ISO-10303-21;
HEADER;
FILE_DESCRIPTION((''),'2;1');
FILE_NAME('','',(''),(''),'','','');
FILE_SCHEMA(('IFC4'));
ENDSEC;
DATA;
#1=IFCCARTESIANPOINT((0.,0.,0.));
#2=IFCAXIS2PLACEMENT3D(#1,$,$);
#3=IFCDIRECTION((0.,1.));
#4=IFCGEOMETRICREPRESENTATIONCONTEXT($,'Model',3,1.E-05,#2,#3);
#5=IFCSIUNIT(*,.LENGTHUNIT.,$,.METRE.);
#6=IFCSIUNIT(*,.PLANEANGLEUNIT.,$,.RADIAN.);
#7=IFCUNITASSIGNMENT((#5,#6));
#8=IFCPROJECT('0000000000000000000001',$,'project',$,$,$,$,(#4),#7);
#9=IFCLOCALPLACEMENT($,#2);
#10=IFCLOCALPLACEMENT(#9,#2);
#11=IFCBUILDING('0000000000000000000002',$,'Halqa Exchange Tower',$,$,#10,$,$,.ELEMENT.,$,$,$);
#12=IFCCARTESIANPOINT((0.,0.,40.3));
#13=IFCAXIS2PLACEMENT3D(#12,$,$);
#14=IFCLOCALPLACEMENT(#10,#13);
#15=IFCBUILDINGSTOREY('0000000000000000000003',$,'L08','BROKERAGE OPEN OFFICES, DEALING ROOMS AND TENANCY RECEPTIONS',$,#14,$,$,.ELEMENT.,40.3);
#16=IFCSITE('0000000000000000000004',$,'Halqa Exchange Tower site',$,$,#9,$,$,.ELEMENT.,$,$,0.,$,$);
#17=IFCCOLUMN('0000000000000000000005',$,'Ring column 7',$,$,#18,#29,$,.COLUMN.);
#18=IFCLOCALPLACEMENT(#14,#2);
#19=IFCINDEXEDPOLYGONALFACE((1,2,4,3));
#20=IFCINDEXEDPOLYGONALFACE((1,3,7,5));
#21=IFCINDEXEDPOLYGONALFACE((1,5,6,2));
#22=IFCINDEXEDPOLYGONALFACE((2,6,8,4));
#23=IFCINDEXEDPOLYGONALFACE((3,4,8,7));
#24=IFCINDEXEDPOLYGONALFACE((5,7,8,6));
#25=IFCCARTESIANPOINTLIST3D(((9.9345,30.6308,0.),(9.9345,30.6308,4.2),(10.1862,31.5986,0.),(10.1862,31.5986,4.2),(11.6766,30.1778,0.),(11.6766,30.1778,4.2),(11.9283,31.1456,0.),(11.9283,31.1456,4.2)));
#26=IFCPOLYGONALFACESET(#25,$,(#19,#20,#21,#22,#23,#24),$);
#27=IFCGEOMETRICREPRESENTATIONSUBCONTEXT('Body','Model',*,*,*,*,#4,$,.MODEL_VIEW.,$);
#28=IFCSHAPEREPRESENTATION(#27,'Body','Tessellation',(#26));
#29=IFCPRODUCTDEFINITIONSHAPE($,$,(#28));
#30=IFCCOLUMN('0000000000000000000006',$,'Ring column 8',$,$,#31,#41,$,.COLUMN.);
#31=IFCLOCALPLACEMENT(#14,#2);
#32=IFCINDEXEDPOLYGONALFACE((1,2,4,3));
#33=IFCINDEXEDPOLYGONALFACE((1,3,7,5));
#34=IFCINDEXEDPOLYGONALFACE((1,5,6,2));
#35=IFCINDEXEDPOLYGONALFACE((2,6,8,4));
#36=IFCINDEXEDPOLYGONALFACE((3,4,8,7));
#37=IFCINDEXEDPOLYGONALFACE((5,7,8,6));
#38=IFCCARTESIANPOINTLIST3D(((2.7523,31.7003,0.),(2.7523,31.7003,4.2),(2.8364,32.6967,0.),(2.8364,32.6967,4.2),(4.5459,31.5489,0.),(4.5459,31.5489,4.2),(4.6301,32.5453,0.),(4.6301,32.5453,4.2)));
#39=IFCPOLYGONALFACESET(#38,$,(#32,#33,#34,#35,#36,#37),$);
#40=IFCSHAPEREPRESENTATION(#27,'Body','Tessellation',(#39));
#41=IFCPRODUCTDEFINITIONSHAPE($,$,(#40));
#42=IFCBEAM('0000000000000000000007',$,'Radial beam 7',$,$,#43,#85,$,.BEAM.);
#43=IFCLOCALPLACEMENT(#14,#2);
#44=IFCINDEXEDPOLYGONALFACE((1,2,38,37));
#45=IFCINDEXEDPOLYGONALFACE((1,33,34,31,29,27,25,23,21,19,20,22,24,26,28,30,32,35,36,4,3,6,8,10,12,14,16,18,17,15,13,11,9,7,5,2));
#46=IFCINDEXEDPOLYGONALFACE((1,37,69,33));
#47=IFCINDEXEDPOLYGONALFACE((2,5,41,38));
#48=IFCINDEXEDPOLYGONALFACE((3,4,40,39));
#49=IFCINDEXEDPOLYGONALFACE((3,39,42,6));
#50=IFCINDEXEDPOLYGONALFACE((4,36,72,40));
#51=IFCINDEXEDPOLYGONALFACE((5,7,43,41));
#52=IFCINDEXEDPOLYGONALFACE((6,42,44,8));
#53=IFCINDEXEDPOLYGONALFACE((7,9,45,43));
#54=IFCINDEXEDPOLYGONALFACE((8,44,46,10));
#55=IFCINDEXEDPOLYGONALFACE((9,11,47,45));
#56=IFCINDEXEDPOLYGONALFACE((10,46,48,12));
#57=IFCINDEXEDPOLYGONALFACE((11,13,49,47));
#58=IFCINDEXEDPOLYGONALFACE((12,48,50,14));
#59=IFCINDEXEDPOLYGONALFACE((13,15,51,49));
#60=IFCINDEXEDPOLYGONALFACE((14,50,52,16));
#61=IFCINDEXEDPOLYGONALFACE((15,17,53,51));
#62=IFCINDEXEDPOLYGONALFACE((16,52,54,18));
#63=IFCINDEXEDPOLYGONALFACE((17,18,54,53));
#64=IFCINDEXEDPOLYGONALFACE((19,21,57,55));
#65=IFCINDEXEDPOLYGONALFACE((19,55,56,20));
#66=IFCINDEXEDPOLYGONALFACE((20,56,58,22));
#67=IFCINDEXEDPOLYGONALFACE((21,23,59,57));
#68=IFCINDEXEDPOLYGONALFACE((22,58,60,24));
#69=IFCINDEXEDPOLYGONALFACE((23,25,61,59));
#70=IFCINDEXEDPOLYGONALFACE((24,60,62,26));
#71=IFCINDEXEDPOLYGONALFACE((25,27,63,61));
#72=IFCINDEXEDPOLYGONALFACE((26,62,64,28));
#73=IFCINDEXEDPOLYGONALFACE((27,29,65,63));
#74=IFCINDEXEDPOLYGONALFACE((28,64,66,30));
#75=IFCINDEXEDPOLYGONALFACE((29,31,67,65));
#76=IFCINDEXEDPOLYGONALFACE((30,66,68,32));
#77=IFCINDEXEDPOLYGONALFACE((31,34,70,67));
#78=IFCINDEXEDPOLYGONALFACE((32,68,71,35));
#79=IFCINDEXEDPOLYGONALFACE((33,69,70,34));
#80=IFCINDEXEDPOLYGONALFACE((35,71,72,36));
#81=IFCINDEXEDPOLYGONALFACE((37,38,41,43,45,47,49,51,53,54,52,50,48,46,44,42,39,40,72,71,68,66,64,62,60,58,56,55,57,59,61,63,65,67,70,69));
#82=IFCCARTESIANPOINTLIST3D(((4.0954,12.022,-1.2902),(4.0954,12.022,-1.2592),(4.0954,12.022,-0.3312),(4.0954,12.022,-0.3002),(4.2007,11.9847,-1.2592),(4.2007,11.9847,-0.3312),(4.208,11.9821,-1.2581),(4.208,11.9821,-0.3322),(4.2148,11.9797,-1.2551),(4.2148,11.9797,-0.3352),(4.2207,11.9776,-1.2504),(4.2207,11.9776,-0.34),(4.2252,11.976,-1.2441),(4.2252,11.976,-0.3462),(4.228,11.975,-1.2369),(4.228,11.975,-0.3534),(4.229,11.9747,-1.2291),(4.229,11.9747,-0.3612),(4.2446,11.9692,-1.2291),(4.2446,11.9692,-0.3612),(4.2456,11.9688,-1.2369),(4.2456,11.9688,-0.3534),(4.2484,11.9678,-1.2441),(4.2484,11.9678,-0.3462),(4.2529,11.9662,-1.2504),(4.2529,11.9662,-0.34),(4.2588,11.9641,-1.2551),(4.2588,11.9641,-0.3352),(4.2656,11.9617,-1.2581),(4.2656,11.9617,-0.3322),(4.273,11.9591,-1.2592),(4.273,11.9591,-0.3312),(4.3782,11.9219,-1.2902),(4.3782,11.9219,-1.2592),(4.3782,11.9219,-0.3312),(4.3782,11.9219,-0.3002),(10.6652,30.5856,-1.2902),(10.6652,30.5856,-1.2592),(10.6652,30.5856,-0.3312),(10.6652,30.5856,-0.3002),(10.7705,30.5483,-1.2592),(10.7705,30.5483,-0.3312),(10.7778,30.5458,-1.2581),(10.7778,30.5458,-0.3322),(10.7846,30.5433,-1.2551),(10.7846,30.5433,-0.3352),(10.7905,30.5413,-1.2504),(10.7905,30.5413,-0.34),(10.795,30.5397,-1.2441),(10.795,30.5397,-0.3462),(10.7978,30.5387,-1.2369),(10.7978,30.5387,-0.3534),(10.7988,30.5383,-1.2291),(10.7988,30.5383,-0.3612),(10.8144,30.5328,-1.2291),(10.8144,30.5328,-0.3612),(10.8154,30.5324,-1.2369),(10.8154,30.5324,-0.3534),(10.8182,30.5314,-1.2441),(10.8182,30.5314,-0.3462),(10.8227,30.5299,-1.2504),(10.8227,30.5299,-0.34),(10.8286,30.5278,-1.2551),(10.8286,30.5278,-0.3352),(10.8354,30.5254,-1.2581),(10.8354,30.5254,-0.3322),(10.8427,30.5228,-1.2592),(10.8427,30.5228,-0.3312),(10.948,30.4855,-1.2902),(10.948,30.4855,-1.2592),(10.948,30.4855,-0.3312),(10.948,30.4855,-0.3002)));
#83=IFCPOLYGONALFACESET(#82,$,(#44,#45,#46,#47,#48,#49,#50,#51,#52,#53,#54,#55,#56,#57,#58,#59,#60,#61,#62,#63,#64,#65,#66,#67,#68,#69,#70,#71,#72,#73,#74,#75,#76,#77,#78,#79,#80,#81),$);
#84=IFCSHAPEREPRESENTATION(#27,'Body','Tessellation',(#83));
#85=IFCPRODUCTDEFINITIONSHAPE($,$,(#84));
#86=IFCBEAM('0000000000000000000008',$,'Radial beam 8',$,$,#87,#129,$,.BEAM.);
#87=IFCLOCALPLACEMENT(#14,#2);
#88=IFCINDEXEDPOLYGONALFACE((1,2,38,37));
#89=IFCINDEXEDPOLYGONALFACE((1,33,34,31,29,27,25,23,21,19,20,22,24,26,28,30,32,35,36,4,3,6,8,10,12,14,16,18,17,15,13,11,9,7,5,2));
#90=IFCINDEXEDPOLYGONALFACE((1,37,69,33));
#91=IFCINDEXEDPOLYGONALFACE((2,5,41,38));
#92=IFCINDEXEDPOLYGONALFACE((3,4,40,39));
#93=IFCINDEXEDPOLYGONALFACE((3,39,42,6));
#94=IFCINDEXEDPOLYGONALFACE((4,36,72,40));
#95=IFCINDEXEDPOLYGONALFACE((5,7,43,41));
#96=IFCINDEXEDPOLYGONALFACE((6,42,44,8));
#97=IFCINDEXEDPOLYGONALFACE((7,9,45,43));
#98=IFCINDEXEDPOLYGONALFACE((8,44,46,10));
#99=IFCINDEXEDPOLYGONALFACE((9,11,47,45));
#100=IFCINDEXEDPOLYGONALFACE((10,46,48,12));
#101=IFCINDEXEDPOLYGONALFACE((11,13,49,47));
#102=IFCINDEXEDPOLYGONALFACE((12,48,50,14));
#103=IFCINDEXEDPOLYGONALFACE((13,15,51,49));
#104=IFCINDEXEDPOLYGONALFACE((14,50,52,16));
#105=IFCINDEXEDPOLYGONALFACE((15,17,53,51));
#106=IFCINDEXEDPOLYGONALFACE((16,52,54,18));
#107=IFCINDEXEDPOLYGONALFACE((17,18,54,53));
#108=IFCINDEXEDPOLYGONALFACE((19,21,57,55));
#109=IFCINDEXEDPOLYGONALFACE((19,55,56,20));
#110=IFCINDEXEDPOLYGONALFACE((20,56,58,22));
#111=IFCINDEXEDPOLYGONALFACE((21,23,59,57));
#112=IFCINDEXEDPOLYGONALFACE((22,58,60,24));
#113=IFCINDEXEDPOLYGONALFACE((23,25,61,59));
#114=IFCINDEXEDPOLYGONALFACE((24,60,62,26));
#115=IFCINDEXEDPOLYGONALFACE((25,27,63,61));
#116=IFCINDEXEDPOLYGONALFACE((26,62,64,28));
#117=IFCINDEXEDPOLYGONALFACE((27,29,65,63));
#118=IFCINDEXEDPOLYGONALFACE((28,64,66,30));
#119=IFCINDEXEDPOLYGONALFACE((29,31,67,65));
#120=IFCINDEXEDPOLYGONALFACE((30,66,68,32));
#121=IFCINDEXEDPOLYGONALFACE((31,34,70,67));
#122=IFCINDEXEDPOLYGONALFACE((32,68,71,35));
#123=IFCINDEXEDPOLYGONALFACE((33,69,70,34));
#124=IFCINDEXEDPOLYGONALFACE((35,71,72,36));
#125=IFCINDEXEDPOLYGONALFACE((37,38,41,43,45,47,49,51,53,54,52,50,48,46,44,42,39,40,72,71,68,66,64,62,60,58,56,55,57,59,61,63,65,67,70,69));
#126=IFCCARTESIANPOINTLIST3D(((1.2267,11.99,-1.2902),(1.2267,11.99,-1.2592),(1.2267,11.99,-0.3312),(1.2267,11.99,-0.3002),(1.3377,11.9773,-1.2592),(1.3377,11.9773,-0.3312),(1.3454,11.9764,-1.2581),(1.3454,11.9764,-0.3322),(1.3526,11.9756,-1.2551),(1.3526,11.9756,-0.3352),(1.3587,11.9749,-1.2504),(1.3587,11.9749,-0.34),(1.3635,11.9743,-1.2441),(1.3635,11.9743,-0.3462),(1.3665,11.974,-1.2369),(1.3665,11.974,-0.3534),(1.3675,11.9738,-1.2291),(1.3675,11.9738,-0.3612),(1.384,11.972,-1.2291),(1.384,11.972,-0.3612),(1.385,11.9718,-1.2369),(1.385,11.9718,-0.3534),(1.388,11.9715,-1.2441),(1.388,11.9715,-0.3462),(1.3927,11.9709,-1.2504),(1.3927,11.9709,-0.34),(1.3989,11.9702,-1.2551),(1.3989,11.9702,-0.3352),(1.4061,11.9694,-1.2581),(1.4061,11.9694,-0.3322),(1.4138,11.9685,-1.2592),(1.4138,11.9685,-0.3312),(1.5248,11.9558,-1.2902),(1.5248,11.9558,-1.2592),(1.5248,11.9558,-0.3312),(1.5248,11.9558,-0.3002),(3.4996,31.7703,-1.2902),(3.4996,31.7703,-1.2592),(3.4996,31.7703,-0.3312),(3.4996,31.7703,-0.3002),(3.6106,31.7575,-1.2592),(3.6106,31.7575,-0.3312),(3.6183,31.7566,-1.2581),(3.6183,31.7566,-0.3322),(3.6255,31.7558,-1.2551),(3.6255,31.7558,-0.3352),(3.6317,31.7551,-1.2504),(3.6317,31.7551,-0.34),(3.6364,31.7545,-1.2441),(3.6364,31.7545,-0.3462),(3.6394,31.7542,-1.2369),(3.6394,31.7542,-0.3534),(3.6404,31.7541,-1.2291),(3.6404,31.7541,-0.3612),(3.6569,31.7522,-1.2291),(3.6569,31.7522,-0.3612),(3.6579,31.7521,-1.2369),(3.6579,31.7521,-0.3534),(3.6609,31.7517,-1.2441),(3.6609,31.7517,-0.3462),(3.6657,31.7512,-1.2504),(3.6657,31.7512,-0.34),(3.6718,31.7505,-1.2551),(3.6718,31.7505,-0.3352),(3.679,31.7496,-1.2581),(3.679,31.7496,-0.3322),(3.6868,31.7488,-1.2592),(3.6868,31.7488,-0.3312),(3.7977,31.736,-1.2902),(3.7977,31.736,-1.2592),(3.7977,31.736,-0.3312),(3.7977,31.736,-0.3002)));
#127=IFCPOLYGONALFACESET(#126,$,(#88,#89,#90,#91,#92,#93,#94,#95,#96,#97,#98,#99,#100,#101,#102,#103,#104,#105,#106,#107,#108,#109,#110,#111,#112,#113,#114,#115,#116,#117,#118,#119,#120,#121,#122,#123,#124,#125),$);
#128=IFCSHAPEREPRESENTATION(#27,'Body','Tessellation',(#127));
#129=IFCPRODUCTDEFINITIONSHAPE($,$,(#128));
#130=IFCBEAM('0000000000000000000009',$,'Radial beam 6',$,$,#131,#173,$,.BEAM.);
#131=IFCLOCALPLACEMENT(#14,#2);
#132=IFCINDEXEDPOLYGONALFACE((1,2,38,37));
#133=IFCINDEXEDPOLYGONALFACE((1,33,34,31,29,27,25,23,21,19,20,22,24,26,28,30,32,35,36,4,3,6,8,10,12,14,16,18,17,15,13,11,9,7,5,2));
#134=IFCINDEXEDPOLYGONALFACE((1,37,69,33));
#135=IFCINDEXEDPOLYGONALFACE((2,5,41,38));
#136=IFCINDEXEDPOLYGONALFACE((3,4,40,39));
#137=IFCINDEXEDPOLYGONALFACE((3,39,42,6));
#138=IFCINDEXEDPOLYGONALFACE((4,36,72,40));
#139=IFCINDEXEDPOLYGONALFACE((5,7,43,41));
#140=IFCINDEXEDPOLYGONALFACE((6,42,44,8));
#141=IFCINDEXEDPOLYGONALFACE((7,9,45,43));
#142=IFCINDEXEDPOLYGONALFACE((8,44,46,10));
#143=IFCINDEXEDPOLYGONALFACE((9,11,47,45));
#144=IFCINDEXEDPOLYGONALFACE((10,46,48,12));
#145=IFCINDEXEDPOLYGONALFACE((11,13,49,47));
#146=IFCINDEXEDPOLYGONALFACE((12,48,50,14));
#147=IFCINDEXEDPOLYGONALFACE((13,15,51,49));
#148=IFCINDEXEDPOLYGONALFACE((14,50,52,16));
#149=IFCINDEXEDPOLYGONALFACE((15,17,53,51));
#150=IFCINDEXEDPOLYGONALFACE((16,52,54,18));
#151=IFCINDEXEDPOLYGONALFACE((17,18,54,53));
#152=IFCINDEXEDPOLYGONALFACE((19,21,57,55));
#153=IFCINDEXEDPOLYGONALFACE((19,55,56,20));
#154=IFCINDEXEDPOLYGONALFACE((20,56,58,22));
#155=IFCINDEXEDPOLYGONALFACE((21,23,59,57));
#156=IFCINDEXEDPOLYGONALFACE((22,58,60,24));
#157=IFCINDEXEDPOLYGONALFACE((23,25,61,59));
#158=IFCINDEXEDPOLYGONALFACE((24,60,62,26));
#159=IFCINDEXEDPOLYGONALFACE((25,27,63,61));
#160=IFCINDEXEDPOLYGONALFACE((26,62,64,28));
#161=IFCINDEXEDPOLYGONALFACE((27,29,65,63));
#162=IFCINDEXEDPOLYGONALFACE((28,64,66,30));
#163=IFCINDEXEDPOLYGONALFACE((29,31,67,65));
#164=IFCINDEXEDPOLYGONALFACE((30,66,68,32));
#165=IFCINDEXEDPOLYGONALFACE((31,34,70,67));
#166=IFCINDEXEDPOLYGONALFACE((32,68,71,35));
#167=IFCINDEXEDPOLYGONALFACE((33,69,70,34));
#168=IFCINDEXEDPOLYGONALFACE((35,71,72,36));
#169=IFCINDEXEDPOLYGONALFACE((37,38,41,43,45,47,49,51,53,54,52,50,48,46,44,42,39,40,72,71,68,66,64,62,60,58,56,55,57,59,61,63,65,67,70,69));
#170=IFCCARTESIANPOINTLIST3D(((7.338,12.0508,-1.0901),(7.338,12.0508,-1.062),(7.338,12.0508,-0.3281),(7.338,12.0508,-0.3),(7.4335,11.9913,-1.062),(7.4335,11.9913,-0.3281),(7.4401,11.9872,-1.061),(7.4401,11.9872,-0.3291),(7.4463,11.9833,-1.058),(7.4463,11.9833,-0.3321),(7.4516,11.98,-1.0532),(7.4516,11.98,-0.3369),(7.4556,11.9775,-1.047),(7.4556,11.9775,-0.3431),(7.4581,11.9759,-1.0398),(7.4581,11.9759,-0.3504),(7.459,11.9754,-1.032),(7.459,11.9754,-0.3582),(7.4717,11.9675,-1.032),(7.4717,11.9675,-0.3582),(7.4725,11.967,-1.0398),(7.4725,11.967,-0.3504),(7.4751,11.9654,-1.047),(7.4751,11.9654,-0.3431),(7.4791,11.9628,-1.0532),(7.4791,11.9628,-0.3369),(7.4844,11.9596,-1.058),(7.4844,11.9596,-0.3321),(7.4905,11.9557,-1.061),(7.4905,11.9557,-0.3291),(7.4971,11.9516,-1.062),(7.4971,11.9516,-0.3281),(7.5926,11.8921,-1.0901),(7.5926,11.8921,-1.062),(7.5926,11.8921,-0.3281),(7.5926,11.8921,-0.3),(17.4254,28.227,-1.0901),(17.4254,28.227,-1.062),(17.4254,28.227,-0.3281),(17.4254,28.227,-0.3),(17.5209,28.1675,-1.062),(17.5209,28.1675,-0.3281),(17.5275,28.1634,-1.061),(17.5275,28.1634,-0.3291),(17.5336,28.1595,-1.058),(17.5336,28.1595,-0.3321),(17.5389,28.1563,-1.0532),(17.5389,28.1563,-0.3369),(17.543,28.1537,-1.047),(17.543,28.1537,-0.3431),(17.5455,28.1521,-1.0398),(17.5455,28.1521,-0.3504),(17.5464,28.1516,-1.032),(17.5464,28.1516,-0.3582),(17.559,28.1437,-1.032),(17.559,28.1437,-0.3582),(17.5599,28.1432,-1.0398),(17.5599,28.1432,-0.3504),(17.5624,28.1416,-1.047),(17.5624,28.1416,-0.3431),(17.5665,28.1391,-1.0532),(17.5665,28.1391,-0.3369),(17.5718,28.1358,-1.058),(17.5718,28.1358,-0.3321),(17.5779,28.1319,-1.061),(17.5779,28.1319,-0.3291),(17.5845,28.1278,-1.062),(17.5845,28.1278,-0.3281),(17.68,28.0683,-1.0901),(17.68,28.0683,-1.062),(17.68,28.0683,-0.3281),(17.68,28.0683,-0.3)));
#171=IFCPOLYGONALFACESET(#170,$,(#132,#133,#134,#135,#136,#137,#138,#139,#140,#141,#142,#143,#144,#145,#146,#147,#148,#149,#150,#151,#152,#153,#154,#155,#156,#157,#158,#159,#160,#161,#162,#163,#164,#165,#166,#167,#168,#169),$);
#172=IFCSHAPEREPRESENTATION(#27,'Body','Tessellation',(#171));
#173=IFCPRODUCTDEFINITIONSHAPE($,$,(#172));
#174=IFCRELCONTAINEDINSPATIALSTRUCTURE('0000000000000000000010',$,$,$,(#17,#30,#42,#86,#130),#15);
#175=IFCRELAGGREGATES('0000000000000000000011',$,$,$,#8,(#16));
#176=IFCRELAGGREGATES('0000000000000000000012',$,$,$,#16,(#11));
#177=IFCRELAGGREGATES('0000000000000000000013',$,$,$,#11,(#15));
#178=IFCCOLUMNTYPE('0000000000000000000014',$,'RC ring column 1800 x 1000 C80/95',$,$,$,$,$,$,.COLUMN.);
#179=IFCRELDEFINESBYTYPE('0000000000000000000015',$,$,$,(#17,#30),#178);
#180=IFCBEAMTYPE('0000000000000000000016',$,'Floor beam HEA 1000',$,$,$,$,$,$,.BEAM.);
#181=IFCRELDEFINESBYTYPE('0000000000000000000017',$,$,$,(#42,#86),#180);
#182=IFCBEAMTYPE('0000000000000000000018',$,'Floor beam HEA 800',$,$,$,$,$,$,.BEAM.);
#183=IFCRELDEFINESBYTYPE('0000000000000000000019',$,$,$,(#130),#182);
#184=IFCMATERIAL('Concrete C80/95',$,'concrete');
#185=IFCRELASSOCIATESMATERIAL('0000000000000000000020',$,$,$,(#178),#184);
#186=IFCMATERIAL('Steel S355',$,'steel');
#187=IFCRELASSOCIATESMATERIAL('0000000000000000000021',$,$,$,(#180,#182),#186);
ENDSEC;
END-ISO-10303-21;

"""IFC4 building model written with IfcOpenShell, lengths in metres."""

from ifc_helpers import new_model, si_unit, direction, frame, origin, origin_2d, place, context, subcontext, project, spatial, rectangle, i_section, extrude, material, material_profile, profile_set, type_object, element, save


model = new_model("IFC4")

# Units and contexts
model_context = context("Model", 3, precision=1e-05, world=origin(), true_north=direction((0.0, 1.0)))
body_context = subcontext(model_context, "Body", "Model", "MODEL_VIEW")
ifc_project = project(units=[si_unit("LENGTHUNIT", "METRE"), si_unit("PLANEANGLEUNIT", "RADIAN")], contexts=[model_context])

# Site, building, storey
site_placement = place(None, origin())
site = spatial("IfcSite", under=ifc_project, at=site_placement, Name="Halqa Exchange Tower site", CompositionType="ELEMENT", RefElevation=0.0)
building_placement = place(site_placement, origin())
building = spatial("IfcBuilding", under=site, at=building_placement, Name="Halqa Exchange Tower", CompositionType="ELEMENT")
storey_placement = place(building_placement, frame((0.0, 0.0, 40.3)))
storey = spatial("IfcBuildingStorey", under=building, at=storey_placement, Name="L08", Description="BROKERAGE OPEN OFFICES, DEALING ROOMS AND TENANCY RECEPTIONS", CompositionType="ELEMENT", Elevation=40.3)

# Columns
ifc_material_1 = material(Name="Concrete C80/95", Category="concrete")
ifc_material_profile_1 = material_profile(ifc_material_1, rectangle(XDim=1.8, YDim=1.0, at=origin_2d()), Name="1800 x 1000")
ifc_profile_set_1 = profile_set([ifc_material_profile_1], Name="Concrete C80/95")
column_type = type_object("IfcColumnType", Name="RC ring column 1800 x 1000 C80/95", PredefinedType="COLUMN", material=ifc_profile_set_1)
for number, where, z_axis, x_axis, name in (
    (1, (10.9314, 30.8882, 0.0), (0.0, 0.0, 1.0), (-0.967819, 0.251647, 0.0), "Ring column 7"),
    (2, (3.6912, 32.1228, 0.0), (0.0, 0.0, 1.0), (-0.996455, 0.084125, 0.0), "Ring column 8"),
):
    element("IfcColumn", number, at=place(storey_placement, frame(where, z_axis=z_axis, x_axis=x_axis)), inside=storey, type_object=column_type, Name=name, PredefinedType="COLUMN", context=body_context, shape_type="SweptSolid", body=[
        extrude(rectangle(XDim=1.8, YDim=1.0, at=origin_2d()), origin(), (0.0, 0.0, 1.0), 4.2),
    ])

# Beams
ifc_material_2 = material(Name="Steel S355", Category="steel")
ifc_material_profile_2 = material_profile(ifc_material_2, i_section(OverallWidth=0.3, OverallDepth=0.99, WebThickness=0.0166, FlangeThickness=0.031, FilletRadius=0.03, at=origin_2d()), Name="HEA 1000")
ifc_profile_set_2 = profile_set([ifc_material_profile_2], Name="Steel S355")
beam_type_1 = type_object("IfcBeamType", Name="Floor beam HEA 1000", PredefinedType="BEAM", material=ifc_profile_set_2)
beam_1_placement = place(storey_placement, frame((4.2368, 11.9719, -0.7952), z_axis=(0.333629, 0.942704, 0.0), x_axis=(-0.942704, 0.333629, 0.0)))
element("IfcBeam", 3, at=beam_1_placement, inside=storey, type_object=beam_type_1, Name="Radial beam 7", PredefinedType="BEAM", context=body_context, shape_type="SweptSolid", body=[
    extrude(i_section(OverallWidth=0.3, OverallDepth=0.99, WebThickness=0.0166, FlangeThickness=0.031, FilletRadius=0.03, at=origin_2d()), origin(), (0.0, 0.0, 1.0), 19.6919),
])
beam_2_placement = place(storey_placement, frame((1.3757, 11.9729, -0.7952), z_axis=(0.114159, 0.993463, 0.0), x_axis=(-0.993463, 0.114159, 0.0)))
element("IfcBeam", 4, at=beam_2_placement, inside=storey, type_object=beam_type_1, Name="Radial beam 8", PredefinedType="BEAM", context=body_context, shape_type="SweptSolid", body=[
    extrude(i_section(OverallWidth=0.3, OverallDepth=0.99, WebThickness=0.0166, FlangeThickness=0.031, FilletRadius=0.03, at=origin_2d()), origin(), (0.0, 0.0, 1.0), 19.9104),
])
ifc_material_profile_3 = material_profile(ifc_material_2, i_section(OverallWidth=0.3, OverallDepth=0.79, WebThickness=0.0149, FlangeThickness=0.0281, FilletRadius=0.03, at=origin_2d()), Name="HEA 800")
ifc_profile_set_3 = profile_set([ifc_material_profile_3], Name="Steel S355")
beam_type_2 = type_object("IfcBeamType", Name="Floor beam HEA 800", PredefinedType="BEAM", material=ifc_profile_set_3)
beam_3_placement = place(storey_placement, frame((7.4653, 11.9714, -0.6951), z_axis=(0.52914, 0.848535, 0.0), x_axis=(-0.848535, 0.52914, 0.0)))
element("IfcBeam", 5, at=beam_3_placement, inside=storey, type_object=beam_type_2, Name="Radial beam 6", PredefinedType="BEAM", context=body_context, shape_type="SweptSolid", body=[
    extrude(i_section(OverallWidth=0.3, OverallDepth=0.79, WebThickness=0.0149, FlangeThickness=0.0281, FilletRadius=0.03, at=origin_2d()), origin(), (0.0, 0.0, 1.0), 19.0637),
])

save(model, "model.ifc")
